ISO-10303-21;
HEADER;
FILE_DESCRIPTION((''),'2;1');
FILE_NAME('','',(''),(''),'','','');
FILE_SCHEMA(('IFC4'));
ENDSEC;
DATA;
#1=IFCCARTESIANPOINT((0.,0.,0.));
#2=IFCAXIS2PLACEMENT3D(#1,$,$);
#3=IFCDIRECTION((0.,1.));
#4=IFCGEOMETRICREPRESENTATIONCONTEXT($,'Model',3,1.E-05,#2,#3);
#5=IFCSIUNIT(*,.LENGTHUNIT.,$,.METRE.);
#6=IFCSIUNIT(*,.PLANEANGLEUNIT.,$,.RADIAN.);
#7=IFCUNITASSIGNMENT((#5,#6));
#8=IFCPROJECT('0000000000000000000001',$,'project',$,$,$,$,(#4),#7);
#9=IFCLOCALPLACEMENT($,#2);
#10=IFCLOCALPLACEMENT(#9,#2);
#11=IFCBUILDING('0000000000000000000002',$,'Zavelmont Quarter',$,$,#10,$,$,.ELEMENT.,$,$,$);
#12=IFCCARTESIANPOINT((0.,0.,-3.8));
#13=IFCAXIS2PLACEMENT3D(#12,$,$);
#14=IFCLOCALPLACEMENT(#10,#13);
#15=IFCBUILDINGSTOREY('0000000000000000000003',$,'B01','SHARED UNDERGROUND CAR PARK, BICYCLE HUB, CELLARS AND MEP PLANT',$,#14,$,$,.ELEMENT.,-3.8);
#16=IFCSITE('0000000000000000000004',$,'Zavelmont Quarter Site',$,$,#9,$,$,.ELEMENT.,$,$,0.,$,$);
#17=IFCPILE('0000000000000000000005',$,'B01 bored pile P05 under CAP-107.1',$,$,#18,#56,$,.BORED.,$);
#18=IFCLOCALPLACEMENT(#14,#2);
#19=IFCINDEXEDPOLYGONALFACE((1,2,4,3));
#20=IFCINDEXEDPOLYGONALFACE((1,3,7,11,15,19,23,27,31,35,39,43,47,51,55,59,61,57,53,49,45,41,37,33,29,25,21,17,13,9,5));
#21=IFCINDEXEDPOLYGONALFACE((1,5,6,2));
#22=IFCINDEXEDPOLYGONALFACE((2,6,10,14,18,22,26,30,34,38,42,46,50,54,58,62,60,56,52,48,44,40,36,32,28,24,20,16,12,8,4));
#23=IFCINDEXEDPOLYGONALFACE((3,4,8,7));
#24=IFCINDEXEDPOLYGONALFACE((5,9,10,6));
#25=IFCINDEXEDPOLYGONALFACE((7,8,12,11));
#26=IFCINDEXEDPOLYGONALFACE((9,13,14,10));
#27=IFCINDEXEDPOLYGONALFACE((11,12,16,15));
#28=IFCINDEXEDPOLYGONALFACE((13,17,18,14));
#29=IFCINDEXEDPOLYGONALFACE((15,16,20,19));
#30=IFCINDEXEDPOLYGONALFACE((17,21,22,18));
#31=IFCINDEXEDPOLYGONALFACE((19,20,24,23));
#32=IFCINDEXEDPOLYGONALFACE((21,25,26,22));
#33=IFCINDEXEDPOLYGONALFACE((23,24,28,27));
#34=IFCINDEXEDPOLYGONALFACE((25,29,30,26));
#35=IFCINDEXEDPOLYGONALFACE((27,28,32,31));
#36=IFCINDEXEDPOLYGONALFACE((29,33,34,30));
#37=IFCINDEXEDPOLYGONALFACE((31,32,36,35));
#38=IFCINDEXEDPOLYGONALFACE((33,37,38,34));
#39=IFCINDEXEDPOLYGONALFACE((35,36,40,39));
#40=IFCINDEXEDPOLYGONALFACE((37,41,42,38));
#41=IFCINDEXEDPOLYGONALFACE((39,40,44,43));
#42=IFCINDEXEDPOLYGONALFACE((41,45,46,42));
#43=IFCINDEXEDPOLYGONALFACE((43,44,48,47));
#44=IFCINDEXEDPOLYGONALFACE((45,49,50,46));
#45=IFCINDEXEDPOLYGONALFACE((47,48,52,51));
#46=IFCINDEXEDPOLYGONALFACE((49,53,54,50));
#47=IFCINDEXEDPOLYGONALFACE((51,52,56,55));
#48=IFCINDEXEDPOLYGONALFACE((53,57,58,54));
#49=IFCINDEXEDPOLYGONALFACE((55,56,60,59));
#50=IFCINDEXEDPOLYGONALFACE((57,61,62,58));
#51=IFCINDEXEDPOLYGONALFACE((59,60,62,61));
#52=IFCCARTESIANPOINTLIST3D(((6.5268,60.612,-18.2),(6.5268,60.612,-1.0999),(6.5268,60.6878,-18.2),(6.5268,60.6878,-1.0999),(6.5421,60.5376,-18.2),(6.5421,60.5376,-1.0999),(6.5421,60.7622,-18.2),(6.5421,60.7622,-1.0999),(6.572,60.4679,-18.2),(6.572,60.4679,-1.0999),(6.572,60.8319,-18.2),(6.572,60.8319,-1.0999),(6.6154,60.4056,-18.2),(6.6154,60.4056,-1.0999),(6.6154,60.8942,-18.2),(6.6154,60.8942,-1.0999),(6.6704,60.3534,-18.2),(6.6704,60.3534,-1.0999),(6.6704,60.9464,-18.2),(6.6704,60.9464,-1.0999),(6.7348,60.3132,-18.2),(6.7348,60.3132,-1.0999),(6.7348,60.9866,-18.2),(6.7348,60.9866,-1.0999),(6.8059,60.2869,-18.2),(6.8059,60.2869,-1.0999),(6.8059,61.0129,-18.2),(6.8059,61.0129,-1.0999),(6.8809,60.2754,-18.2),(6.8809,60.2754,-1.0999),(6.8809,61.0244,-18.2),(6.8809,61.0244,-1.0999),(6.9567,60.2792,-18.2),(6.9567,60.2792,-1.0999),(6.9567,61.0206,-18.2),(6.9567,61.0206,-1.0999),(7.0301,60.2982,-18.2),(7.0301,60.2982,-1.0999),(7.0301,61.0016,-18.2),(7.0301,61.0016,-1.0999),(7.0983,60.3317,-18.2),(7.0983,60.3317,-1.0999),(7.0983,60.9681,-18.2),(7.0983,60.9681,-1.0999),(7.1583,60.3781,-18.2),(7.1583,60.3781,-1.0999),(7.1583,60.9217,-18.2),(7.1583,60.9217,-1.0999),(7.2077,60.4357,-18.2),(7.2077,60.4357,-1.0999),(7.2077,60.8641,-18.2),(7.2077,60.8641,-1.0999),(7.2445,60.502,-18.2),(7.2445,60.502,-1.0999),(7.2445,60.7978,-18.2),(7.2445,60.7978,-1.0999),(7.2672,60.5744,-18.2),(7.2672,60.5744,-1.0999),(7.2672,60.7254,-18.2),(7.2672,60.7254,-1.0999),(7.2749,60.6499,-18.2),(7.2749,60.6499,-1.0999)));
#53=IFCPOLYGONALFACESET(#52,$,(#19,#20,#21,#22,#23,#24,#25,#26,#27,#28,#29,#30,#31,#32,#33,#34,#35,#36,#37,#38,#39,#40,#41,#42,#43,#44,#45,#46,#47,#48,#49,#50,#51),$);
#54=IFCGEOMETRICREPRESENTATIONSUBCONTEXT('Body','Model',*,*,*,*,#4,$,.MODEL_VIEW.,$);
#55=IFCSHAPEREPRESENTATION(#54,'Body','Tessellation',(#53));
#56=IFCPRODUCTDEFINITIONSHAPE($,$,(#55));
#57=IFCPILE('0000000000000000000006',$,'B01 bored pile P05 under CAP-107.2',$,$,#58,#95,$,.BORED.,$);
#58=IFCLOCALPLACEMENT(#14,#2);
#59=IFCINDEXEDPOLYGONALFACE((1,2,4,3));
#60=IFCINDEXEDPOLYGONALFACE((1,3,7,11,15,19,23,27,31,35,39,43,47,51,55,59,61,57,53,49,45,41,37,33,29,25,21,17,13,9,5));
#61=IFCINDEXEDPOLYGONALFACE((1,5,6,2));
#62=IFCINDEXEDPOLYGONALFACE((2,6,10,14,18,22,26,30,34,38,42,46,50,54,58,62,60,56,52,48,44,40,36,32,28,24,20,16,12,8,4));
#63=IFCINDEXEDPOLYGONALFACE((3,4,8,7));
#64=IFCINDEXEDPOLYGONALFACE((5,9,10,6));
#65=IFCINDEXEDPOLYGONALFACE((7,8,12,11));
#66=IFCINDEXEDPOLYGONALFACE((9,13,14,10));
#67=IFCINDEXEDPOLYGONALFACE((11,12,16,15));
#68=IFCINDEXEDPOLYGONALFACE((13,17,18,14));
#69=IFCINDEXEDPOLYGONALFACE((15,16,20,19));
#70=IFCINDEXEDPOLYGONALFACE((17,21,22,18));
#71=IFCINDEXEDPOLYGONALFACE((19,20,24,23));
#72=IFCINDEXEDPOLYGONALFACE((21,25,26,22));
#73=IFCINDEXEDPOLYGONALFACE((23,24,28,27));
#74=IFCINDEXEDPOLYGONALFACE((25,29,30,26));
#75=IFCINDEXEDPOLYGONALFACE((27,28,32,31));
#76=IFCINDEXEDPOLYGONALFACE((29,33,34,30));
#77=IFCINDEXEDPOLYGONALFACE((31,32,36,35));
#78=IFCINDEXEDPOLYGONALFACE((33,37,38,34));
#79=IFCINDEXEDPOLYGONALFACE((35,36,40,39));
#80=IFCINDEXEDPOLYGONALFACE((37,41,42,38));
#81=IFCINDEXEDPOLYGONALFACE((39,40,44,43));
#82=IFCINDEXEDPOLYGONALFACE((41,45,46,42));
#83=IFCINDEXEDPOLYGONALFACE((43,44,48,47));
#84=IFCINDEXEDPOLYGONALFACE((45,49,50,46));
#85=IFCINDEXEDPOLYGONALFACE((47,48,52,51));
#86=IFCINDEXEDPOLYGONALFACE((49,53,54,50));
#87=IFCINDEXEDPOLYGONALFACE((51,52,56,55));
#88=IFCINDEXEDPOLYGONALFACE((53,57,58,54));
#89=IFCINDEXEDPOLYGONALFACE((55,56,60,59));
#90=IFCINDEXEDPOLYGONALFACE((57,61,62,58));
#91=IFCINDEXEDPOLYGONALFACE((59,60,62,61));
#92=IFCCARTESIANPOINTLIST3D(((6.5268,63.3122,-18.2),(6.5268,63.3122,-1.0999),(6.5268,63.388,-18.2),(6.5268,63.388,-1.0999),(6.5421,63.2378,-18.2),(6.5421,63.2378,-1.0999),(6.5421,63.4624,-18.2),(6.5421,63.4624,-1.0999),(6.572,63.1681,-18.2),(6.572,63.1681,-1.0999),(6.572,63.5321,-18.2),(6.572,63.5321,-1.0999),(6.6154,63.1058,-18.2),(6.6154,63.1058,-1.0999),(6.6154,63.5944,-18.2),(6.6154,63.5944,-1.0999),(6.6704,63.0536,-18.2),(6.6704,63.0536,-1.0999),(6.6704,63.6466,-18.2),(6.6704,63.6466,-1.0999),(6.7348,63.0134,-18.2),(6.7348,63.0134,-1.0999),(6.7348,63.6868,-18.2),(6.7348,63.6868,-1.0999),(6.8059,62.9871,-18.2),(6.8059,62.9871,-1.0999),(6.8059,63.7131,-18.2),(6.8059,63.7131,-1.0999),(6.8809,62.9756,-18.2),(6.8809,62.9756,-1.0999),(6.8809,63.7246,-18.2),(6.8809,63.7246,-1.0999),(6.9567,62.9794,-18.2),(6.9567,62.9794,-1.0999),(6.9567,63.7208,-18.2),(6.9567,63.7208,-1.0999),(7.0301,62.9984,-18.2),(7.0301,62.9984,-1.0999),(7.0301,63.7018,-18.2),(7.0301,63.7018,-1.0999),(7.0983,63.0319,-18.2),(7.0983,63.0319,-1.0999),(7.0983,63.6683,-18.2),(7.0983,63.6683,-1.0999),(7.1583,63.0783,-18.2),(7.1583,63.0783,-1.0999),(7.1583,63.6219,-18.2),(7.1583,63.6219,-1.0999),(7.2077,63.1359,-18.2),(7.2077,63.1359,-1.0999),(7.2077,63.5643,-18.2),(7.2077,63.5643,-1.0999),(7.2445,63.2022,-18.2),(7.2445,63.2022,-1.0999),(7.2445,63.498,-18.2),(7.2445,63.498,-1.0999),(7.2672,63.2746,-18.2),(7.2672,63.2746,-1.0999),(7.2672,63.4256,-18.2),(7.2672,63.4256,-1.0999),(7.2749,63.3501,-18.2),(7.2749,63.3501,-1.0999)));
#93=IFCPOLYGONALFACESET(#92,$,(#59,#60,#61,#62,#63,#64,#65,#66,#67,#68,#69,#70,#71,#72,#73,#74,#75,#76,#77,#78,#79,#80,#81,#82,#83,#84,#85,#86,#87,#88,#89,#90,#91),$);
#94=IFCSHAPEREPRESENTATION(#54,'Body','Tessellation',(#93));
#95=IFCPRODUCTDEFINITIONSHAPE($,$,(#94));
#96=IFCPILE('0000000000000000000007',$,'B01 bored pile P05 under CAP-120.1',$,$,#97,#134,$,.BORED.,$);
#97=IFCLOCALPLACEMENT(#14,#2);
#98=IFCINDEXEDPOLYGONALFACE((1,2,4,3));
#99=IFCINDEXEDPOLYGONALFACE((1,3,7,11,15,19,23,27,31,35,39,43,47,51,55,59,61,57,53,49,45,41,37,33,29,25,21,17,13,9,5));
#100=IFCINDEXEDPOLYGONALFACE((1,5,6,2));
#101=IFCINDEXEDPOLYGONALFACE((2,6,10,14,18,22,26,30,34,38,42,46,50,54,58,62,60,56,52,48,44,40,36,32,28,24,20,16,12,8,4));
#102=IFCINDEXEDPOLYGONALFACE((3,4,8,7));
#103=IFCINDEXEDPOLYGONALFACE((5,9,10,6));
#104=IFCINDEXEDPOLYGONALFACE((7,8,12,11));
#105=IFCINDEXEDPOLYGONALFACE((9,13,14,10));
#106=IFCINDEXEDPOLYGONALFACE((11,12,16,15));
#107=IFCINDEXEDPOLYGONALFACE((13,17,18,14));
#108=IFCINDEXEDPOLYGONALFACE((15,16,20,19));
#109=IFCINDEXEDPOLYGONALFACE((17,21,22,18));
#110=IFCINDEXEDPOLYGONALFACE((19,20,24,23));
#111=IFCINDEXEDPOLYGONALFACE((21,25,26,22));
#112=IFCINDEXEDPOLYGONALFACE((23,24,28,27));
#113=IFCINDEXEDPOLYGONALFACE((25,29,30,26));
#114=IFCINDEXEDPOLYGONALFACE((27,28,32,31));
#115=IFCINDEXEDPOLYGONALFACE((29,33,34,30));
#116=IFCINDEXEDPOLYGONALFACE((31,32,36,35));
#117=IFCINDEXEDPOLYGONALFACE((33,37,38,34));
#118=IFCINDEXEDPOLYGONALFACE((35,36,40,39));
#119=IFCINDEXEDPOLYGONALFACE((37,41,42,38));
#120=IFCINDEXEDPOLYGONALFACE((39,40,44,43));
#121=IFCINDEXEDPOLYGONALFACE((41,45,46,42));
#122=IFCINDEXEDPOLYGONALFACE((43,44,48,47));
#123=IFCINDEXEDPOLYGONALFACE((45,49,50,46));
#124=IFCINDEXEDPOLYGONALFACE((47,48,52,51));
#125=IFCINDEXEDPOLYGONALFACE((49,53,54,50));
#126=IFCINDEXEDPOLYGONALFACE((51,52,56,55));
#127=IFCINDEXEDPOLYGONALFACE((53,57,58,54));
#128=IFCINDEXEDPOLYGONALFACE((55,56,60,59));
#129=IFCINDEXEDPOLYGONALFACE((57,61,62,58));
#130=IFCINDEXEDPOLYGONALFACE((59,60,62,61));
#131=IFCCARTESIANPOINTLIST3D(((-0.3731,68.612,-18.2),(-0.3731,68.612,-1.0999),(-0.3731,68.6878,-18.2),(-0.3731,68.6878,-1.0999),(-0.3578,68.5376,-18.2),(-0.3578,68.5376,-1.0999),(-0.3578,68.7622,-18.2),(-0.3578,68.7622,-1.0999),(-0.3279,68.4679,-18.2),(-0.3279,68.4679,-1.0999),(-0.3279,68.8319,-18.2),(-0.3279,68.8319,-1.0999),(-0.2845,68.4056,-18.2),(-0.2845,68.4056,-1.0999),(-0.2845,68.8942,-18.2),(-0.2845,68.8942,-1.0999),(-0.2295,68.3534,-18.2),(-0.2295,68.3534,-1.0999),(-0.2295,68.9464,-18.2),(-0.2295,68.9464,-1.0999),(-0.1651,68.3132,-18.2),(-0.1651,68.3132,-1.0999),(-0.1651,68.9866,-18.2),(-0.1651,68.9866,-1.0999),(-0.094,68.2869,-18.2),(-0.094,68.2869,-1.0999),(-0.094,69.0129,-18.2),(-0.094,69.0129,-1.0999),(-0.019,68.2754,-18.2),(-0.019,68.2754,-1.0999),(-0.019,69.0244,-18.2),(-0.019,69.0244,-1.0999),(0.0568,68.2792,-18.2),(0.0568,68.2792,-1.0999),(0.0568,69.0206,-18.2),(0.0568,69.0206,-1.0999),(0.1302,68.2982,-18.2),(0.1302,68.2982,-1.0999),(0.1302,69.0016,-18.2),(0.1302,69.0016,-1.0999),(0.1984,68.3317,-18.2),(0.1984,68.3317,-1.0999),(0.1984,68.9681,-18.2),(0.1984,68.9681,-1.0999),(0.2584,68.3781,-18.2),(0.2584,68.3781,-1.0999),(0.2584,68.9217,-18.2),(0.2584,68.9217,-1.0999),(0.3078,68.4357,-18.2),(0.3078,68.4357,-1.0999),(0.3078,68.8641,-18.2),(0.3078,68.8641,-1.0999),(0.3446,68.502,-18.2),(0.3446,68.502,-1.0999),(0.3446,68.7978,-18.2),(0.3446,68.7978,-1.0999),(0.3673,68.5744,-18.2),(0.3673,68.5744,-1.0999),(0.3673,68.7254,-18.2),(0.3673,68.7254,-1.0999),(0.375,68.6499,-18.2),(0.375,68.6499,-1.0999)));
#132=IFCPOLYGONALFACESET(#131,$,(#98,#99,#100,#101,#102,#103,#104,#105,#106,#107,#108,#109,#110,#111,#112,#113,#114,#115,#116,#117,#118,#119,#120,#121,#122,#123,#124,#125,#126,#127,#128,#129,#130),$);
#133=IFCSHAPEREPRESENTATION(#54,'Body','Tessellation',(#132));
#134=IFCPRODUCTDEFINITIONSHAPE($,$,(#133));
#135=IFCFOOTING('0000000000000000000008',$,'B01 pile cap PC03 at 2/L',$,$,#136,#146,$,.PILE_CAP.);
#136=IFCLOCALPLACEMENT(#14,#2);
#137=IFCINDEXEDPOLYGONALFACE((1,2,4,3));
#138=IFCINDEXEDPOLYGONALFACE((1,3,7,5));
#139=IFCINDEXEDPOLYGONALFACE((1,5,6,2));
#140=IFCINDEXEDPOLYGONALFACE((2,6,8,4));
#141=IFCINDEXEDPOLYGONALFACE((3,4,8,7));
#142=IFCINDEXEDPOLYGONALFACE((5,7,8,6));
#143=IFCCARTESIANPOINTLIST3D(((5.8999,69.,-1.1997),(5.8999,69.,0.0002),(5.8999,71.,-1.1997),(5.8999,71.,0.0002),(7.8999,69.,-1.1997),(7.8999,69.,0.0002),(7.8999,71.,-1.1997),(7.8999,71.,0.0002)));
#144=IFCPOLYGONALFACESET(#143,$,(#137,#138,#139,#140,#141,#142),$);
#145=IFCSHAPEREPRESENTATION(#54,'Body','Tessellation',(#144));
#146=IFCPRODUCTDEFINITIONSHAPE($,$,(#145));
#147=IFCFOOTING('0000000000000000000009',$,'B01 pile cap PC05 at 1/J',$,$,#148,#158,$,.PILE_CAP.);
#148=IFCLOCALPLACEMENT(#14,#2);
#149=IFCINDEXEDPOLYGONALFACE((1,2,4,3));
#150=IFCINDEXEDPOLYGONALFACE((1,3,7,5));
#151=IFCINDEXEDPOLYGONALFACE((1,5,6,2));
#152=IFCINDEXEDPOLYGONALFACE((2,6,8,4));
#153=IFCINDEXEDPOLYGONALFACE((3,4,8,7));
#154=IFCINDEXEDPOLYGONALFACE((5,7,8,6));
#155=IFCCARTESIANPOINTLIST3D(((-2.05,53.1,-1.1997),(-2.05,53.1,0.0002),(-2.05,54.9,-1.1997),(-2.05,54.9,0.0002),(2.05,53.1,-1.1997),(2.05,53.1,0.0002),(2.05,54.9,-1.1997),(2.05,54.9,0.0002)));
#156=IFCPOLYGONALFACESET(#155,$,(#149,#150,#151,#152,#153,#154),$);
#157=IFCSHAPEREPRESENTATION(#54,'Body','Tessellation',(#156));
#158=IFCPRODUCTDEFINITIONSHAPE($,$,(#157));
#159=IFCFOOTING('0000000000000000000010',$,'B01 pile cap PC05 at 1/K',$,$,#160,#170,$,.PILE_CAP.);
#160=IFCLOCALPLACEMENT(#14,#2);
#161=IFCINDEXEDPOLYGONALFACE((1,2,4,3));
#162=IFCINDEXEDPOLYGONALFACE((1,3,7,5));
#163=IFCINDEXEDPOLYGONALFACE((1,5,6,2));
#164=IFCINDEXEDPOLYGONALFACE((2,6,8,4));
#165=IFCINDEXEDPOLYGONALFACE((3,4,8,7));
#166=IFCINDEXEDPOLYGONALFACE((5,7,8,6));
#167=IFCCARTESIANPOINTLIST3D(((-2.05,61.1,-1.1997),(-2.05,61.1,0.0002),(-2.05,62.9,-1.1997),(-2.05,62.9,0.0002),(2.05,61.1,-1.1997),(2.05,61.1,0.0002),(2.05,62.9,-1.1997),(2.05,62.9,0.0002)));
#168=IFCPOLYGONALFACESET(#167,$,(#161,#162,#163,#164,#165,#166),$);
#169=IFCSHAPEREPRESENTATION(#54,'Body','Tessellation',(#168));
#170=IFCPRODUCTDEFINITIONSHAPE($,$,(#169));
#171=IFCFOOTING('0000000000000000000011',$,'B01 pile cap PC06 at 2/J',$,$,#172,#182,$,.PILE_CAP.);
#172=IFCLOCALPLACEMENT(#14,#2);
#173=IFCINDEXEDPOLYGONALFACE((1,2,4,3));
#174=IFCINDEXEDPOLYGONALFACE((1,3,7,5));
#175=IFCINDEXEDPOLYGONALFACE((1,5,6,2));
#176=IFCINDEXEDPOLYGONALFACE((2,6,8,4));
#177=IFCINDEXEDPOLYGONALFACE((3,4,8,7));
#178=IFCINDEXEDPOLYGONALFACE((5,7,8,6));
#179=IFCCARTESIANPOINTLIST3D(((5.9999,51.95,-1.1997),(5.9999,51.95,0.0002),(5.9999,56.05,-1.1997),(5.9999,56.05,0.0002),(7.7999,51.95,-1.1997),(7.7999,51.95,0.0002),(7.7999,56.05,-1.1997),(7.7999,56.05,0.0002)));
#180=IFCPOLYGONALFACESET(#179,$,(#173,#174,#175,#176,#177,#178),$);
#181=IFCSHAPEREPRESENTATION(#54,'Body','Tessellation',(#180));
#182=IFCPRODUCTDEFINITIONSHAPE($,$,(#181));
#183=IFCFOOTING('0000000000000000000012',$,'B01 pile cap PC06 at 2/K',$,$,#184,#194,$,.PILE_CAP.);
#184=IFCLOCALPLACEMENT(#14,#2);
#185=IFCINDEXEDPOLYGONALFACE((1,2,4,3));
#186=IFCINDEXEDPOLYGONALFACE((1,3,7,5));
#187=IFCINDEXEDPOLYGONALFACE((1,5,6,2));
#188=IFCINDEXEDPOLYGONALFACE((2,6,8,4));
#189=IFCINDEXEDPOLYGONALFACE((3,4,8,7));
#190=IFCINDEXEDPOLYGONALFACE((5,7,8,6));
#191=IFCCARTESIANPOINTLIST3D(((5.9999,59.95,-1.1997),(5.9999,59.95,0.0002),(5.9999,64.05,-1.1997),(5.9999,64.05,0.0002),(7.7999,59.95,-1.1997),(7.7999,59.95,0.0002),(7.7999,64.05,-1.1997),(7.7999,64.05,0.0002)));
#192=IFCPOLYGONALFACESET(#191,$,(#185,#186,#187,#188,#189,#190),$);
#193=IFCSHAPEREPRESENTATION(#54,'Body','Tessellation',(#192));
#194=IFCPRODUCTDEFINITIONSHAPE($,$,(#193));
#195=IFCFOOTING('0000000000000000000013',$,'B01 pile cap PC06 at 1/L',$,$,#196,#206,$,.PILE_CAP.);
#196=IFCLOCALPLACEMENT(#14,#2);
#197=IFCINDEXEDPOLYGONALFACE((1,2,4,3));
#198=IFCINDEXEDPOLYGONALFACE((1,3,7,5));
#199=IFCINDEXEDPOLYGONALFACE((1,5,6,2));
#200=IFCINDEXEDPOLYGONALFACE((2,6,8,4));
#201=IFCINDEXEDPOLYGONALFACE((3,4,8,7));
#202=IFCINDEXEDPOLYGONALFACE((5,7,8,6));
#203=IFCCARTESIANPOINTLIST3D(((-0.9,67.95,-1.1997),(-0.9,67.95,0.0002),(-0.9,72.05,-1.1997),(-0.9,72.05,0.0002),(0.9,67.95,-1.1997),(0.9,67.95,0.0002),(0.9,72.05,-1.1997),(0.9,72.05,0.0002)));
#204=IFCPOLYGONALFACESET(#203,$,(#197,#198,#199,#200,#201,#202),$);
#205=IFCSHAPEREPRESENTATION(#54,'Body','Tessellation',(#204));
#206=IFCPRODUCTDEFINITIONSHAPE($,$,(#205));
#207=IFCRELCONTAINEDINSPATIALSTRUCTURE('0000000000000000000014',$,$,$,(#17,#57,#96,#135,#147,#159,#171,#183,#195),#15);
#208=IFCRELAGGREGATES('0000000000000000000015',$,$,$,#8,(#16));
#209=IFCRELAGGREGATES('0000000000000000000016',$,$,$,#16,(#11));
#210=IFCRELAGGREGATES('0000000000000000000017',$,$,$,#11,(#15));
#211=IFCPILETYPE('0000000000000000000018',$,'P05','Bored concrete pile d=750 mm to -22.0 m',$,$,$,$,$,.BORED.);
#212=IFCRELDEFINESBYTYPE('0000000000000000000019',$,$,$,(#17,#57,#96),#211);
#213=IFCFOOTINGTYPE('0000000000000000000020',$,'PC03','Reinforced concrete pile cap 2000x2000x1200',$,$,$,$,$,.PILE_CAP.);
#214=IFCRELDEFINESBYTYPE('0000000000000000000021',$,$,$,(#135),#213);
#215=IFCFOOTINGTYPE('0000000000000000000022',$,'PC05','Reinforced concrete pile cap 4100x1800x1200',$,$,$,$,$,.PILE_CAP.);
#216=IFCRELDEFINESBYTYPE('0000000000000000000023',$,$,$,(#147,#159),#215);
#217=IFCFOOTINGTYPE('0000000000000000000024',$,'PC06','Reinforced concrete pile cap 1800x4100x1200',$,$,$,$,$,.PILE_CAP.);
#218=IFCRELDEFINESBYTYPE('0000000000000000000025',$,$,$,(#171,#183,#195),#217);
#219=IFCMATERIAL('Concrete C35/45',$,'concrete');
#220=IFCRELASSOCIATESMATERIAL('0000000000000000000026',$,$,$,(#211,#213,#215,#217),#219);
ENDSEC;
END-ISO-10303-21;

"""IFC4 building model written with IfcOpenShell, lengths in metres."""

from ifc_helpers import new_model, si_unit, direction, frame, origin, origin_2d, place, context, subcontext, project, spatial, rectangle, circle, extrude, material, material_profile, profile_set, type_object, element, save


model = new_model("IFC4")

# Units and contexts
model_context = context("Model", 3, precision=1e-05, world=origin(), true_north=direction((0.0, 1.0)))
body_context = subcontext(model_context, "Body", "Model", "MODEL_VIEW")
ifc_project = project(units=[si_unit("LENGTHUNIT", "METRE"), si_unit("PLANEANGLEUNIT", "RADIAN")], contexts=[model_context])

# Site, building, storey
site_placement = place(None, origin())
site = spatial("IfcSite", under=ifc_project, at=site_placement, Name="Zavelmont Quarter Site", CompositionType="ELEMENT", RefElevation=0.0)
building_placement = place(site_placement, origin())
building = spatial("IfcBuilding", under=site, at=building_placement, Name="Zavelmont Quarter", CompositionType="ELEMENT")
storey_placement = place(building_placement, frame((0.0, 0.0, -3.8)))
storey = spatial("IfcBuildingStorey", under=building, at=storey_placement, Name="B01", Description="SHARED UNDERGROUND CAR PARK, BICYCLE HUB, CELLARS AND MEP PLANT", CompositionType="ELEMENT", Elevation=-3.8)

# Shared definitions
ifc_material = material(Name="Concrete C35/45", Category="concrete")

# Piles
ifc_material_profile_1 = material_profile(ifc_material, circle(Radius=0.375, at=origin_2d()), Name="BP750")
ifc_profile_set_1 = profile_set([ifc_material_profile_1], Name="Concrete C35/45")
pile_type_1 = type_object("IfcPileType", Name="P05", Description="Bored concrete pile d=750 mm to -22.0 m", PredefinedType="BORED", material=ifc_profile_set_1)
for number, where, z_axis, x_axis, name in (
    (1, (6.8999, 60.6499, -1.0999), (0.0, 0.0, -1.0), (1.0, 0.0, 0.0), "B01 bored pile P05 under CAP-107.1"),
    (2, (6.8999, 63.3501, -1.0999), (0.0, 0.0, -1.0), (1.0, 0.0, 0.0), "B01 bored pile P05 under CAP-107.2"),
    (3, (0.0, 68.6499, -1.0999), (0.0, 0.0, -1.0), (1.0, 0.0, 0.0), "B01 bored pile P05 under CAP-120.1"),
):
    element("IfcPile", number, at=place(storey_placement, frame(where, z_axis=z_axis, x_axis=x_axis)), inside=storey, type_object=pile_type_1, Name=name, PredefinedType="BORED", context=body_context, shape_type="SweptSolid", body=[
        extrude(circle(Radius=0.375, at=origin_2d()), origin(), (0.0, 0.0, 1.0), 17.1001),
    ])

# Footings
footing_type_1 = type_object("IfcFootingType", Name="PC03", Description="Reinforced concrete pile cap 2000x2000x1200", PredefinedType="PILE_CAP", material=ifc_material)
footing_1_placement = place(storey_placement, frame((6.8999, 70.0, -1.1997), z_axis=(0.0, 0.0, 1.0), x_axis=(1.0, 0.0, 0.0)))
element("IfcFooting", 4, at=footing_1_placement, inside=storey, type_object=footing_type_1, Name="B01 pile cap PC03 at 2/L", PredefinedType="PILE_CAP", context=body_context, shape_type="SweptSolid", body=[
    extrude(rectangle(XDim=2.0, YDim=2.0, at=origin_2d()), origin(), (0.0, 0.0, 1.0), 1.2),
])
footing_type_2 = type_object("IfcFootingType", Name="PC05", Description="Reinforced concrete pile cap 4100x1800x1200", PredefinedType="PILE_CAP", material=ifc_material)
for number, where, z_axis, x_axis, name in (
    (5, (0.0, 54.0, -1.1997), (0.0, 0.0, 1.0), (1.0, 0.0, 0.0), "B01 pile cap PC05 at 1/J"),
    (6, (0.0, 62.0, -1.1997), (0.0, 0.0, 1.0), (1.0, 0.0, 0.0), "B01 pile cap PC05 at 1/K"),
):
    element("IfcFooting", number, at=place(storey_placement, frame(where, z_axis=z_axis, x_axis=x_axis)), inside=storey, type_object=footing_type_2, Name=name, PredefinedType="PILE_CAP", context=body_context, shape_type="SweptSolid", body=[
        extrude(rectangle(XDim=4.1001, YDim=1.8, at=origin_2d()), origin(), (0.0, 0.0, 1.0), 1.2),
    ])
footing_type_3 = type_object("IfcFootingType", Name="PC06", Description="Reinforced concrete pile cap 1800x4100x1200", PredefinedType="PILE_CAP", material=ifc_material)
for number, where, z_axis, x_axis, name in (
    (7, (6.8999, 54.0, -1.1997), (0.0, 0.0, 1.0), (1.0, 0.0, 0.0), "B01 pile cap PC06 at 2/J"),
    (8, (6.8999, 62.0, -1.1997), (0.0, 0.0, 1.0), (1.0, 0.0, 0.0), "B01 pile cap PC06 at 2/K"),
    (9, (0.0, 70.0, -1.1997), (0.0, 0.0, 1.0), (1.0, 0.0, 0.0), "B01 pile cap PC06 at 1/L"),
):
    element("IfcFooting", number, at=place(storey_placement, frame(where, z_axis=z_axis, x_axis=x_axis)), inside=storey, type_object=footing_type_3, Name=name, PredefinedType="PILE_CAP", context=body_context, shape_type="SweptSolid", body=[
        extrude(rectangle(XDim=1.8, YDim=4.1001, at=origin_2d()), origin(), (0.0, 0.0, 1.0), 1.2),
    ])

save(model, "model.ifc")
